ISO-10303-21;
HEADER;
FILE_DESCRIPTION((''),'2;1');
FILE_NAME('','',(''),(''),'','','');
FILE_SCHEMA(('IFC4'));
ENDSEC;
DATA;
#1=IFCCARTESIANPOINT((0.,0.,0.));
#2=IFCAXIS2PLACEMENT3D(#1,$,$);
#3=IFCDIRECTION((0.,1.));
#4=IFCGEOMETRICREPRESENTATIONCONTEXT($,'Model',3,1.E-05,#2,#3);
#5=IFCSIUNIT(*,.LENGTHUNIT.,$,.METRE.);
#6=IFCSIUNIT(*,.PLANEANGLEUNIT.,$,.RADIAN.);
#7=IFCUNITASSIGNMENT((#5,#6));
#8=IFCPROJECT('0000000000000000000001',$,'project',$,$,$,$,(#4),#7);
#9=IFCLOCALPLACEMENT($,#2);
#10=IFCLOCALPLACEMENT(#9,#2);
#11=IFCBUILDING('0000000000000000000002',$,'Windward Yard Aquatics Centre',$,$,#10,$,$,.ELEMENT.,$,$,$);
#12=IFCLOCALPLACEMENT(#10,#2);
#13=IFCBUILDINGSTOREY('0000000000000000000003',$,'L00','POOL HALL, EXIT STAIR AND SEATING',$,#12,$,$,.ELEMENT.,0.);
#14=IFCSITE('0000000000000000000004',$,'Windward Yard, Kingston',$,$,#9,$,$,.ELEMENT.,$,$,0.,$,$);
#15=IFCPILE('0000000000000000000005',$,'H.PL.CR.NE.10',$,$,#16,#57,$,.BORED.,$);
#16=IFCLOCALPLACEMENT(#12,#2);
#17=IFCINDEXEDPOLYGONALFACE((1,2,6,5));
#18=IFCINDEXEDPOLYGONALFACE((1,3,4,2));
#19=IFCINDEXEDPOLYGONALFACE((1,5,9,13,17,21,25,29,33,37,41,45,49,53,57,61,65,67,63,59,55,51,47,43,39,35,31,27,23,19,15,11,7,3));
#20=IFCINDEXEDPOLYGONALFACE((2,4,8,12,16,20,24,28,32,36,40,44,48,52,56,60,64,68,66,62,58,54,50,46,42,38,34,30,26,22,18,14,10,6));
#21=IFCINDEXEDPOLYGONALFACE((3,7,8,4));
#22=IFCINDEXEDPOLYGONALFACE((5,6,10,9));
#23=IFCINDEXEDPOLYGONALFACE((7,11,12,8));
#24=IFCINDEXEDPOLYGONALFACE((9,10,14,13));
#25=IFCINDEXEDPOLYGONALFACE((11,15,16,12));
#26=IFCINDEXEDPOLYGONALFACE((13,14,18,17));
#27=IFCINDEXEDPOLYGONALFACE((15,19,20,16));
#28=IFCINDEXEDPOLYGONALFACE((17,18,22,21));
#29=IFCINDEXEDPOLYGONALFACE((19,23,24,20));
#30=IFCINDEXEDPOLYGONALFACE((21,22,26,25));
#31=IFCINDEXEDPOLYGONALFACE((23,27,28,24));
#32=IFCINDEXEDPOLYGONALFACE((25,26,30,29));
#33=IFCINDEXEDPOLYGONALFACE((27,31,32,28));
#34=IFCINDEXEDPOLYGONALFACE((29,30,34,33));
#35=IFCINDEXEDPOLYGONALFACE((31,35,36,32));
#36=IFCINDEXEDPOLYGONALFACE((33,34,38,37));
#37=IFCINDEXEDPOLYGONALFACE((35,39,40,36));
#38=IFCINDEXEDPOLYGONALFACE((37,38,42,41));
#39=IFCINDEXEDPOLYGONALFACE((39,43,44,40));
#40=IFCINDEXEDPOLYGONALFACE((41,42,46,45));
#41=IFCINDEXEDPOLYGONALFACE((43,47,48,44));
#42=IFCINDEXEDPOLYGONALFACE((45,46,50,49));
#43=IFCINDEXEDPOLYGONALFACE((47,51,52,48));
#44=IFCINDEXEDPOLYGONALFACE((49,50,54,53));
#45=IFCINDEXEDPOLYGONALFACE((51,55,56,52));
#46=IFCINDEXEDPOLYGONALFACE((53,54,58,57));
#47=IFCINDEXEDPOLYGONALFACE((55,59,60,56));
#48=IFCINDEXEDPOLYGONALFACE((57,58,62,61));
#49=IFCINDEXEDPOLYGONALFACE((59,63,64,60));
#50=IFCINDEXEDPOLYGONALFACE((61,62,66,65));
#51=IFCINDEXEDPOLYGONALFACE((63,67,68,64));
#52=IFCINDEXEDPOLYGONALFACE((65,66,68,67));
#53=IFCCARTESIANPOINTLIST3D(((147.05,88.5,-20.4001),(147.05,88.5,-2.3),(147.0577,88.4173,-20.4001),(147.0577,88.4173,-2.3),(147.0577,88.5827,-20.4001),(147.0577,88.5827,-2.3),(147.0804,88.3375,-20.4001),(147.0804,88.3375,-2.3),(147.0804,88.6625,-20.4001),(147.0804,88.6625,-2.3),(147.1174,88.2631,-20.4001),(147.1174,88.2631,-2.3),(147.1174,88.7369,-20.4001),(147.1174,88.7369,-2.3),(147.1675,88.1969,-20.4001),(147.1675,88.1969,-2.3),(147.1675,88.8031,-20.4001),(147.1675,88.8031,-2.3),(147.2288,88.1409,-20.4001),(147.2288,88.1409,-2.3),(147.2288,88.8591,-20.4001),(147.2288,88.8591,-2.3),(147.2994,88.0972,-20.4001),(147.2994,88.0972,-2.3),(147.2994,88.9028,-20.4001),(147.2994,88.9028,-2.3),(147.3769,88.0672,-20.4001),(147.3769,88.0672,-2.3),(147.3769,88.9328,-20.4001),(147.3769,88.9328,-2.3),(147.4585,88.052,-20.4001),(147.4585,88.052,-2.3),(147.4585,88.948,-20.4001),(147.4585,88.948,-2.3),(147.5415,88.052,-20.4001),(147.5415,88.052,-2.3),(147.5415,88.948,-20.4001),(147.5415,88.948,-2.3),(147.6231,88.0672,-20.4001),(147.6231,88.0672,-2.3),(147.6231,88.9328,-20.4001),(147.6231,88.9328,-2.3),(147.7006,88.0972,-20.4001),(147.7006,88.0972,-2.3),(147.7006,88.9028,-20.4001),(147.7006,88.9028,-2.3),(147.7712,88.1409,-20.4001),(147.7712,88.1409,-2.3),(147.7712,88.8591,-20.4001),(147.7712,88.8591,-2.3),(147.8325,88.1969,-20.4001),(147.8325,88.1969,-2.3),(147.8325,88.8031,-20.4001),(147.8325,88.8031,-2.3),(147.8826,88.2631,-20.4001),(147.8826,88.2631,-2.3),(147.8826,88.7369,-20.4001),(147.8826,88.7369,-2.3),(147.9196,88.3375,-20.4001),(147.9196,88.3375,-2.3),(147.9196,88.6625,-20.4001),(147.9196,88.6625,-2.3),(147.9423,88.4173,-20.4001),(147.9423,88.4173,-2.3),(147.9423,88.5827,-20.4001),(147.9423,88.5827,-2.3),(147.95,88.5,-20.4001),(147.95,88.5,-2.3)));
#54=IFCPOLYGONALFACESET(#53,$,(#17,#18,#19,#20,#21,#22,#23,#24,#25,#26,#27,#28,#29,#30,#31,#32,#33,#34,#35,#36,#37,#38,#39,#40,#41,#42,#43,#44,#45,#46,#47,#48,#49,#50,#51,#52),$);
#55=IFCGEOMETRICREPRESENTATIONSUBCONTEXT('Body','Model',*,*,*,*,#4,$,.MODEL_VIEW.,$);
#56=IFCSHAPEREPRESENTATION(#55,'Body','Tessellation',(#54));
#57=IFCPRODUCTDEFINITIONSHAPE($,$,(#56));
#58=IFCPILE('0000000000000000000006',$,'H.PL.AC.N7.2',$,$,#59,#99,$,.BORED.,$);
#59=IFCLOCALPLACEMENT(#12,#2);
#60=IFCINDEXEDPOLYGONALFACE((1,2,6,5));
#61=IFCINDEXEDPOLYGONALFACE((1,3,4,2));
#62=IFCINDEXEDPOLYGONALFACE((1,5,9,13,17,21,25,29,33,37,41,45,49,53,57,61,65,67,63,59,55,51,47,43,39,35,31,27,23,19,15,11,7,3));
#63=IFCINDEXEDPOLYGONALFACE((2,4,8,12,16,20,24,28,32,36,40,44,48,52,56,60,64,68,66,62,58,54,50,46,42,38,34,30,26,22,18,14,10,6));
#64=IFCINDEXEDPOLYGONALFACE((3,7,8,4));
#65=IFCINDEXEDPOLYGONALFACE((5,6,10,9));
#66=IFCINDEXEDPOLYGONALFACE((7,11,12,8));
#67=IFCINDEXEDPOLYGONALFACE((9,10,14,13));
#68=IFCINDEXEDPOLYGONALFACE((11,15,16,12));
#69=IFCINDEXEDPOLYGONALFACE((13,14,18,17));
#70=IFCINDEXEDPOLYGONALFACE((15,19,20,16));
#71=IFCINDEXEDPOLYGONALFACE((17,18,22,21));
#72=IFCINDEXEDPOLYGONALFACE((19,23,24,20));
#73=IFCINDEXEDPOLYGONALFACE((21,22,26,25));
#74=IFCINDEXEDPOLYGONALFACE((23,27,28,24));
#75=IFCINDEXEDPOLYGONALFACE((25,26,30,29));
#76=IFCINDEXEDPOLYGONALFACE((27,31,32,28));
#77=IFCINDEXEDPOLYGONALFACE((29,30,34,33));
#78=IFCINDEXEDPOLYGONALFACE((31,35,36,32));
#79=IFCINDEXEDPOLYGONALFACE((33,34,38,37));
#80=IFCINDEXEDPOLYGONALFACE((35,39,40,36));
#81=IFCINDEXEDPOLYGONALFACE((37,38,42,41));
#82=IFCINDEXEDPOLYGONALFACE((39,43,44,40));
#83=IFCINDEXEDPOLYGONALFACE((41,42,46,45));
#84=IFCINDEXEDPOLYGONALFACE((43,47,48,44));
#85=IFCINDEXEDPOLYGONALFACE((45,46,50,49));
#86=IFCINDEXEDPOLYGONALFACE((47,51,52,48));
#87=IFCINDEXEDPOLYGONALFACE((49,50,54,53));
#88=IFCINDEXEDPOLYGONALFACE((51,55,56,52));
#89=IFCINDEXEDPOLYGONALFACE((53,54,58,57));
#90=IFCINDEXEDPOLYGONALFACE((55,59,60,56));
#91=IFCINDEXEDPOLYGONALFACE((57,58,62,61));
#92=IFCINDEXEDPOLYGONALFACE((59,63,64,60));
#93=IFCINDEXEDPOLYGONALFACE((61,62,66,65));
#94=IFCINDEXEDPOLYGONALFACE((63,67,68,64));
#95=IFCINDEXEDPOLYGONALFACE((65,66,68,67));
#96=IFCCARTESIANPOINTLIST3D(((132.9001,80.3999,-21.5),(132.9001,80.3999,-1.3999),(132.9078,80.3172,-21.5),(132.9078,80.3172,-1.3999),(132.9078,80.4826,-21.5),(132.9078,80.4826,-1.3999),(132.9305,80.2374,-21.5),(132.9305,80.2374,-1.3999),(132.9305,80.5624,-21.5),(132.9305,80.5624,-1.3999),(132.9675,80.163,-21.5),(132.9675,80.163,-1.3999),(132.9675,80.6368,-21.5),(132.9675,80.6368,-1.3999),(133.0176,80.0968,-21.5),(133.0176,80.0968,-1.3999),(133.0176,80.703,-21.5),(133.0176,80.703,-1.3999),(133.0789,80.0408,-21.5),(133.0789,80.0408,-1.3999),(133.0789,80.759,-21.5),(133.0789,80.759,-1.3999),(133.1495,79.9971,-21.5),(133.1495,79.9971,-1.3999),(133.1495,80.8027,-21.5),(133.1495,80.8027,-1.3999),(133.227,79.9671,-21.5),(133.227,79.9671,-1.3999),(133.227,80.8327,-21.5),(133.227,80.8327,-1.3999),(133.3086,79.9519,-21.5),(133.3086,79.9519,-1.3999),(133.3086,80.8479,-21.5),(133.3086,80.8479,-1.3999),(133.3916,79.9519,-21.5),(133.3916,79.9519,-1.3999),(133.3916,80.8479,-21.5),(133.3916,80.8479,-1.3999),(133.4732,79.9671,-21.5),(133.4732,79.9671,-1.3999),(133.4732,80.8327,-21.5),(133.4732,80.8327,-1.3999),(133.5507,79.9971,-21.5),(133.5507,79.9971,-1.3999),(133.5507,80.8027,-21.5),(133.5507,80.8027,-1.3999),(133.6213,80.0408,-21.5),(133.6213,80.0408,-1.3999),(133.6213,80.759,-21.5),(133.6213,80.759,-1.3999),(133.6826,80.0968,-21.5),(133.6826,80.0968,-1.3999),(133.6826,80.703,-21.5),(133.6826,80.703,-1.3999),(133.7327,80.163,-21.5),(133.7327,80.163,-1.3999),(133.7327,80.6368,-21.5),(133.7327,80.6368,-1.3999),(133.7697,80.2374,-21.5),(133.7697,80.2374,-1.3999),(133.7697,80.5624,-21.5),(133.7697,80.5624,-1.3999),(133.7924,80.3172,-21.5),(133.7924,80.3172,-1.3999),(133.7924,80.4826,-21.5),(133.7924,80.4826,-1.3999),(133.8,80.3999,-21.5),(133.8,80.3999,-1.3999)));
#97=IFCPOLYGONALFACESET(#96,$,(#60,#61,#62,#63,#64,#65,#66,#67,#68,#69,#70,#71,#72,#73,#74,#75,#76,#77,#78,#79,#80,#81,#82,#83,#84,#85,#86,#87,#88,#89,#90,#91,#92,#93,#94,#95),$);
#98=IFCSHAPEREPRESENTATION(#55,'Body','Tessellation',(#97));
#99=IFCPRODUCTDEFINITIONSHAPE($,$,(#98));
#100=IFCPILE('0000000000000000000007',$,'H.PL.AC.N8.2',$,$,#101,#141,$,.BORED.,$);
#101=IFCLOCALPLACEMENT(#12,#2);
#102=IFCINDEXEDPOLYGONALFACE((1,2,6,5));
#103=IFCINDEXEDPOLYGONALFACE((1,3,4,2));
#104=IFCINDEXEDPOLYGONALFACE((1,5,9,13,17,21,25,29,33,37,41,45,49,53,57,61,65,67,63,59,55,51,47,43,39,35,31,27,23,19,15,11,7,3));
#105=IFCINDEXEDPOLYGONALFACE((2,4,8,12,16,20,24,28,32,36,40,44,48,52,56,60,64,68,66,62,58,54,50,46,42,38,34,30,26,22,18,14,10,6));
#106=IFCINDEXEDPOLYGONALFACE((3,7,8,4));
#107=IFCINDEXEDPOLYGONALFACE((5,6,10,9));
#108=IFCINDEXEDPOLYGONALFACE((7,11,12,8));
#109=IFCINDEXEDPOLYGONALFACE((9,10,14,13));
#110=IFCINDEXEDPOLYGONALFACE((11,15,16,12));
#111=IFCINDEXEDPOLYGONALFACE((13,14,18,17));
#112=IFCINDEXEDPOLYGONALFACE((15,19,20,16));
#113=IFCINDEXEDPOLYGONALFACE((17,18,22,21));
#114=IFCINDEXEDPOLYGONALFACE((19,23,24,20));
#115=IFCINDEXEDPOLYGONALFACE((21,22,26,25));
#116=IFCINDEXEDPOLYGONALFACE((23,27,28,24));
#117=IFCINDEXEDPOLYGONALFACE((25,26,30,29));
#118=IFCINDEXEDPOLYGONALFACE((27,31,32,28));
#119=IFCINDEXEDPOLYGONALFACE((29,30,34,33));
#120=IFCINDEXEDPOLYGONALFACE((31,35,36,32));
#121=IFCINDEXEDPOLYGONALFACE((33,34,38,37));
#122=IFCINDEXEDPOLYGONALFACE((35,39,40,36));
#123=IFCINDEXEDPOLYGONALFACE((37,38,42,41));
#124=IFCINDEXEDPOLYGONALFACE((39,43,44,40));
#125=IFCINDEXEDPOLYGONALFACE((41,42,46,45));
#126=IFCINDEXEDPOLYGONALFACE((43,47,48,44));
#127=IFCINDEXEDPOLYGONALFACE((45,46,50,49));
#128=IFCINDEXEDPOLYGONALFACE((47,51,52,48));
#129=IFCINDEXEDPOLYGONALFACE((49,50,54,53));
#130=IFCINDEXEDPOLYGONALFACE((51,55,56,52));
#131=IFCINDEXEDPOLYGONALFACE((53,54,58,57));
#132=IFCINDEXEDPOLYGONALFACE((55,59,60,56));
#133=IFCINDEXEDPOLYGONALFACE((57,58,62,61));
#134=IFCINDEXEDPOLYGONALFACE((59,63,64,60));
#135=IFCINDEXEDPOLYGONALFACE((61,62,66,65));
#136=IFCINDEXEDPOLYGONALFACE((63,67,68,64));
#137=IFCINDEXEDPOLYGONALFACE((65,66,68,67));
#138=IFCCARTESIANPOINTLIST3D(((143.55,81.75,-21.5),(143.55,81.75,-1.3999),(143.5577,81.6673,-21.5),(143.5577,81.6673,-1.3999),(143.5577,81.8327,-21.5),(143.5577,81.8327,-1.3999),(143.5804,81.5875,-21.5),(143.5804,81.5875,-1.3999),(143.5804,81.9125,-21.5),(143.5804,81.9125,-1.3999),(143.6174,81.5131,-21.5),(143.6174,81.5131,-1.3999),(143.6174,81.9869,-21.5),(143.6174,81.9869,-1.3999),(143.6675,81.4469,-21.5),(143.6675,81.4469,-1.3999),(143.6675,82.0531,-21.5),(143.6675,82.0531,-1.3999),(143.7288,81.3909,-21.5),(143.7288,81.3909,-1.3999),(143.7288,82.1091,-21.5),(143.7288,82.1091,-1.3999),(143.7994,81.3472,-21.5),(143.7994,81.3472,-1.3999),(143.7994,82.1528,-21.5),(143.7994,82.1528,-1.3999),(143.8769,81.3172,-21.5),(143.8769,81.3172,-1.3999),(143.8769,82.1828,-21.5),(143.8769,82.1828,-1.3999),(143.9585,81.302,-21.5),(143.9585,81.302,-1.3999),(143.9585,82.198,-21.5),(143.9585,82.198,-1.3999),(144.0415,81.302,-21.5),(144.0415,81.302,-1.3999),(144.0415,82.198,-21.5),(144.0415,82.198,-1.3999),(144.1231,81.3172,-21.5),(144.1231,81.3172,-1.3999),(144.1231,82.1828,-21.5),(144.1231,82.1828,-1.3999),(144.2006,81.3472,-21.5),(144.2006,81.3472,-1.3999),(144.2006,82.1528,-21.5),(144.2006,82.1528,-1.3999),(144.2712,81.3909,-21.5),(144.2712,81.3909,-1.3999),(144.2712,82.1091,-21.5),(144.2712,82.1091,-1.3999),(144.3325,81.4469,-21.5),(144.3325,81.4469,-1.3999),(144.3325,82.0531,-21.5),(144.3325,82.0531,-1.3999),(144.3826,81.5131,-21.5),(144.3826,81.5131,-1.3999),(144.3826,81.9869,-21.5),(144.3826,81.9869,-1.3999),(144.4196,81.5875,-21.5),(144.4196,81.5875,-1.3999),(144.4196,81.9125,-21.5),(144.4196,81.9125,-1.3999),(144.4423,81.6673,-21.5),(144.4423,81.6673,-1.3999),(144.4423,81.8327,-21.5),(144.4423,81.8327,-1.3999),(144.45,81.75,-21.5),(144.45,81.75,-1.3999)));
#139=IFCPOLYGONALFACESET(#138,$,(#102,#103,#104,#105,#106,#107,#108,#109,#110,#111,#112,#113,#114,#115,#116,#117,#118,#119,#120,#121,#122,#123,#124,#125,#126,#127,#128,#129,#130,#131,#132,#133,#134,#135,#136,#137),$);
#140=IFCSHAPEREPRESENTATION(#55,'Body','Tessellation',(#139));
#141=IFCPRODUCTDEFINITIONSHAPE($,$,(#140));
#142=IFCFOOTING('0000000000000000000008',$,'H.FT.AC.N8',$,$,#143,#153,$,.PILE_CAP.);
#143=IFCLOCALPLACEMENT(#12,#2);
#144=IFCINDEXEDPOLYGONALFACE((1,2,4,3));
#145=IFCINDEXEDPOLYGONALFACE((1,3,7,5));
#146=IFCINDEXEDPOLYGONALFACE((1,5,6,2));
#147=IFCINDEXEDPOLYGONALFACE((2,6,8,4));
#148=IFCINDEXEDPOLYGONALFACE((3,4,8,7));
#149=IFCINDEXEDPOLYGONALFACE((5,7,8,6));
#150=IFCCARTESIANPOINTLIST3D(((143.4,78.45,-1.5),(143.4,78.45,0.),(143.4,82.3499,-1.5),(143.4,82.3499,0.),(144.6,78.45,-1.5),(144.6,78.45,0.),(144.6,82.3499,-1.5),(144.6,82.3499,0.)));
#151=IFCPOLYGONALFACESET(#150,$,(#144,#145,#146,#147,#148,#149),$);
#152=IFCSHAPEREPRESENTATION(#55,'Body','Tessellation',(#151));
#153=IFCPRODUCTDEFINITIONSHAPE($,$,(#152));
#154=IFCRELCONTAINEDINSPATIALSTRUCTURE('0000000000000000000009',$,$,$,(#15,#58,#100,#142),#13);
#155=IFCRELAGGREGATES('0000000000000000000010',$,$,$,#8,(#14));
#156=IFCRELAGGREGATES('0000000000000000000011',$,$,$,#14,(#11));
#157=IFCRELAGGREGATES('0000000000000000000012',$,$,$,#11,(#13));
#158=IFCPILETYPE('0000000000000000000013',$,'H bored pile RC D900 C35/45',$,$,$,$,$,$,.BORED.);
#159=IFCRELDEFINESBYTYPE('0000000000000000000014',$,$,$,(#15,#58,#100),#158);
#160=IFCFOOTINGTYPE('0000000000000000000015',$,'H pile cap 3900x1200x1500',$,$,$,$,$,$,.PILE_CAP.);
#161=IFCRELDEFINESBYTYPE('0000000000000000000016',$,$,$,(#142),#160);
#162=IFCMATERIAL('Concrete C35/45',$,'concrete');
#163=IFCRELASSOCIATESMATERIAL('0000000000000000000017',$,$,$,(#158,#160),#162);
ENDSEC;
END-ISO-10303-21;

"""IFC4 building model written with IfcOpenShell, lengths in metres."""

from ifc_helpers import new_model, si_unit, direction, frame, origin, origin_2d, place, context, subcontext, project, spatial, rectangle, circle, extrude, material, material_profile, profile_set, type_object, element, save


model = new_model("IFC4")

# Units and contexts
model_context = context("Model", 3, precision=1e-05, world=origin(), true_north=direction((0.0, 1.0)))
body_context = subcontext(model_context, "Body", "Model", "MODEL_VIEW")
ifc_project = project(units=[si_unit("LENGTHUNIT", "METRE"), si_unit("PLANEANGLEUNIT", "RADIAN")], contexts=[model_context])

# Site, building, storey
site_placement = place(None, origin())
site = spatial("IfcSite", under=ifc_project, at=site_placement, Name="Windward Yard, Kingston", CompositionType="ELEMENT", RefElevation=0.0)
building_placement = place(site_placement, origin())
building = spatial("IfcBuilding", under=site, at=building_placement, Name="Windward Yard Aquatics Centre", CompositionType="ELEMENT")
storey_placement = place(building_placement, origin())
storey = spatial("IfcBuildingStorey", under=building, at=storey_placement, Name="L00", Description="POOL HALL, EXIT STAIR AND SEATING", CompositionType="ELEMENT", Elevation=0.0)

# Piles
ifc_material_1 = material(Name="Concrete C35/45", Category="concrete")
ifc_material_profile_1 = material_profile(ifc_material_1, circle(Radius=0.45, at=origin_2d()), Name="RC D900")
ifc_profile_set_1 = profile_set([ifc_material_profile_1], Name="Concrete C35/45")
pile_type = type_object("IfcPileType", Name="H bored pile RC D900 C35/45", PredefinedType="BORED", material=ifc_profile_set_1)
for number, where, z_axis, x_axis, name in (
    (1, (147.5, 88.5, -2.3), (0.0, 0.0, -1.0), (1.0, 0.0, 0.0), "H.PL.CR.NE.10"),
):
    element("IfcPile", number, at=place(storey_placement, frame(where, z_axis=z_axis, x_axis=x_axis)), inside=storey, type_object=pile_type, Name=name, PredefinedType="BORED", context=body_context, shape_type="SweptSolid", body=[
        extrude(circle(Radius=0.45, at=origin_2d()), origin(), (0.0, 0.0, 1.0), 18.1001),
    ])
for number, where, z_axis, x_axis, name in (
    (2, (133.3501, 80.3999, -1.3999), (0.0, 0.0, -1.0), (1.0, 0.0, 0.0), "H.PL.AC.N7.2"),
    (3, (144.0, 81.75, -1.3999), (0.0, 0.0, -1.0), (1.0, 0.0, 0.0), "H.PL.AC.N8.2"),
):
    element("IfcPile", number, at=place(storey_placement, frame(where, z_axis=z_axis, x_axis=x_axis)), inside=storey, type_object=pile_type, Name=name, PredefinedType="BORED", context=body_context, shape_type="SweptSolid", body=[
        extrude(circle(Radius=0.45, at=origin_2d()), origin(), (0.0, 0.0, 1.0), 20.1001),
    ])

# Footing
footing_type = type_object("IfcFootingType", Name="H pile cap 3900x1200x1500", PredefinedType="PILE_CAP", material=ifc_material_1)
footing_placement = place(storey_placement, frame((144.0, 80.3999, -1.5), z_axis=(0.0, 0.0, 1.0), x_axis=(0.0, 1.0, 0.0)))
element("IfcFooting", 4, at=footing_placement, inside=storey, type_object=footing_type, Name="H.FT.AC.N8", PredefinedType="PILE_CAP", context=body_context, shape_type="SweptSolid", body=[
    extrude(rectangle(XDim=3.8999, YDim=1.2, at=origin_2d()), origin(), (0.0, 0.0, 1.0), 1.5),
])

save(model, "model.ifc")
